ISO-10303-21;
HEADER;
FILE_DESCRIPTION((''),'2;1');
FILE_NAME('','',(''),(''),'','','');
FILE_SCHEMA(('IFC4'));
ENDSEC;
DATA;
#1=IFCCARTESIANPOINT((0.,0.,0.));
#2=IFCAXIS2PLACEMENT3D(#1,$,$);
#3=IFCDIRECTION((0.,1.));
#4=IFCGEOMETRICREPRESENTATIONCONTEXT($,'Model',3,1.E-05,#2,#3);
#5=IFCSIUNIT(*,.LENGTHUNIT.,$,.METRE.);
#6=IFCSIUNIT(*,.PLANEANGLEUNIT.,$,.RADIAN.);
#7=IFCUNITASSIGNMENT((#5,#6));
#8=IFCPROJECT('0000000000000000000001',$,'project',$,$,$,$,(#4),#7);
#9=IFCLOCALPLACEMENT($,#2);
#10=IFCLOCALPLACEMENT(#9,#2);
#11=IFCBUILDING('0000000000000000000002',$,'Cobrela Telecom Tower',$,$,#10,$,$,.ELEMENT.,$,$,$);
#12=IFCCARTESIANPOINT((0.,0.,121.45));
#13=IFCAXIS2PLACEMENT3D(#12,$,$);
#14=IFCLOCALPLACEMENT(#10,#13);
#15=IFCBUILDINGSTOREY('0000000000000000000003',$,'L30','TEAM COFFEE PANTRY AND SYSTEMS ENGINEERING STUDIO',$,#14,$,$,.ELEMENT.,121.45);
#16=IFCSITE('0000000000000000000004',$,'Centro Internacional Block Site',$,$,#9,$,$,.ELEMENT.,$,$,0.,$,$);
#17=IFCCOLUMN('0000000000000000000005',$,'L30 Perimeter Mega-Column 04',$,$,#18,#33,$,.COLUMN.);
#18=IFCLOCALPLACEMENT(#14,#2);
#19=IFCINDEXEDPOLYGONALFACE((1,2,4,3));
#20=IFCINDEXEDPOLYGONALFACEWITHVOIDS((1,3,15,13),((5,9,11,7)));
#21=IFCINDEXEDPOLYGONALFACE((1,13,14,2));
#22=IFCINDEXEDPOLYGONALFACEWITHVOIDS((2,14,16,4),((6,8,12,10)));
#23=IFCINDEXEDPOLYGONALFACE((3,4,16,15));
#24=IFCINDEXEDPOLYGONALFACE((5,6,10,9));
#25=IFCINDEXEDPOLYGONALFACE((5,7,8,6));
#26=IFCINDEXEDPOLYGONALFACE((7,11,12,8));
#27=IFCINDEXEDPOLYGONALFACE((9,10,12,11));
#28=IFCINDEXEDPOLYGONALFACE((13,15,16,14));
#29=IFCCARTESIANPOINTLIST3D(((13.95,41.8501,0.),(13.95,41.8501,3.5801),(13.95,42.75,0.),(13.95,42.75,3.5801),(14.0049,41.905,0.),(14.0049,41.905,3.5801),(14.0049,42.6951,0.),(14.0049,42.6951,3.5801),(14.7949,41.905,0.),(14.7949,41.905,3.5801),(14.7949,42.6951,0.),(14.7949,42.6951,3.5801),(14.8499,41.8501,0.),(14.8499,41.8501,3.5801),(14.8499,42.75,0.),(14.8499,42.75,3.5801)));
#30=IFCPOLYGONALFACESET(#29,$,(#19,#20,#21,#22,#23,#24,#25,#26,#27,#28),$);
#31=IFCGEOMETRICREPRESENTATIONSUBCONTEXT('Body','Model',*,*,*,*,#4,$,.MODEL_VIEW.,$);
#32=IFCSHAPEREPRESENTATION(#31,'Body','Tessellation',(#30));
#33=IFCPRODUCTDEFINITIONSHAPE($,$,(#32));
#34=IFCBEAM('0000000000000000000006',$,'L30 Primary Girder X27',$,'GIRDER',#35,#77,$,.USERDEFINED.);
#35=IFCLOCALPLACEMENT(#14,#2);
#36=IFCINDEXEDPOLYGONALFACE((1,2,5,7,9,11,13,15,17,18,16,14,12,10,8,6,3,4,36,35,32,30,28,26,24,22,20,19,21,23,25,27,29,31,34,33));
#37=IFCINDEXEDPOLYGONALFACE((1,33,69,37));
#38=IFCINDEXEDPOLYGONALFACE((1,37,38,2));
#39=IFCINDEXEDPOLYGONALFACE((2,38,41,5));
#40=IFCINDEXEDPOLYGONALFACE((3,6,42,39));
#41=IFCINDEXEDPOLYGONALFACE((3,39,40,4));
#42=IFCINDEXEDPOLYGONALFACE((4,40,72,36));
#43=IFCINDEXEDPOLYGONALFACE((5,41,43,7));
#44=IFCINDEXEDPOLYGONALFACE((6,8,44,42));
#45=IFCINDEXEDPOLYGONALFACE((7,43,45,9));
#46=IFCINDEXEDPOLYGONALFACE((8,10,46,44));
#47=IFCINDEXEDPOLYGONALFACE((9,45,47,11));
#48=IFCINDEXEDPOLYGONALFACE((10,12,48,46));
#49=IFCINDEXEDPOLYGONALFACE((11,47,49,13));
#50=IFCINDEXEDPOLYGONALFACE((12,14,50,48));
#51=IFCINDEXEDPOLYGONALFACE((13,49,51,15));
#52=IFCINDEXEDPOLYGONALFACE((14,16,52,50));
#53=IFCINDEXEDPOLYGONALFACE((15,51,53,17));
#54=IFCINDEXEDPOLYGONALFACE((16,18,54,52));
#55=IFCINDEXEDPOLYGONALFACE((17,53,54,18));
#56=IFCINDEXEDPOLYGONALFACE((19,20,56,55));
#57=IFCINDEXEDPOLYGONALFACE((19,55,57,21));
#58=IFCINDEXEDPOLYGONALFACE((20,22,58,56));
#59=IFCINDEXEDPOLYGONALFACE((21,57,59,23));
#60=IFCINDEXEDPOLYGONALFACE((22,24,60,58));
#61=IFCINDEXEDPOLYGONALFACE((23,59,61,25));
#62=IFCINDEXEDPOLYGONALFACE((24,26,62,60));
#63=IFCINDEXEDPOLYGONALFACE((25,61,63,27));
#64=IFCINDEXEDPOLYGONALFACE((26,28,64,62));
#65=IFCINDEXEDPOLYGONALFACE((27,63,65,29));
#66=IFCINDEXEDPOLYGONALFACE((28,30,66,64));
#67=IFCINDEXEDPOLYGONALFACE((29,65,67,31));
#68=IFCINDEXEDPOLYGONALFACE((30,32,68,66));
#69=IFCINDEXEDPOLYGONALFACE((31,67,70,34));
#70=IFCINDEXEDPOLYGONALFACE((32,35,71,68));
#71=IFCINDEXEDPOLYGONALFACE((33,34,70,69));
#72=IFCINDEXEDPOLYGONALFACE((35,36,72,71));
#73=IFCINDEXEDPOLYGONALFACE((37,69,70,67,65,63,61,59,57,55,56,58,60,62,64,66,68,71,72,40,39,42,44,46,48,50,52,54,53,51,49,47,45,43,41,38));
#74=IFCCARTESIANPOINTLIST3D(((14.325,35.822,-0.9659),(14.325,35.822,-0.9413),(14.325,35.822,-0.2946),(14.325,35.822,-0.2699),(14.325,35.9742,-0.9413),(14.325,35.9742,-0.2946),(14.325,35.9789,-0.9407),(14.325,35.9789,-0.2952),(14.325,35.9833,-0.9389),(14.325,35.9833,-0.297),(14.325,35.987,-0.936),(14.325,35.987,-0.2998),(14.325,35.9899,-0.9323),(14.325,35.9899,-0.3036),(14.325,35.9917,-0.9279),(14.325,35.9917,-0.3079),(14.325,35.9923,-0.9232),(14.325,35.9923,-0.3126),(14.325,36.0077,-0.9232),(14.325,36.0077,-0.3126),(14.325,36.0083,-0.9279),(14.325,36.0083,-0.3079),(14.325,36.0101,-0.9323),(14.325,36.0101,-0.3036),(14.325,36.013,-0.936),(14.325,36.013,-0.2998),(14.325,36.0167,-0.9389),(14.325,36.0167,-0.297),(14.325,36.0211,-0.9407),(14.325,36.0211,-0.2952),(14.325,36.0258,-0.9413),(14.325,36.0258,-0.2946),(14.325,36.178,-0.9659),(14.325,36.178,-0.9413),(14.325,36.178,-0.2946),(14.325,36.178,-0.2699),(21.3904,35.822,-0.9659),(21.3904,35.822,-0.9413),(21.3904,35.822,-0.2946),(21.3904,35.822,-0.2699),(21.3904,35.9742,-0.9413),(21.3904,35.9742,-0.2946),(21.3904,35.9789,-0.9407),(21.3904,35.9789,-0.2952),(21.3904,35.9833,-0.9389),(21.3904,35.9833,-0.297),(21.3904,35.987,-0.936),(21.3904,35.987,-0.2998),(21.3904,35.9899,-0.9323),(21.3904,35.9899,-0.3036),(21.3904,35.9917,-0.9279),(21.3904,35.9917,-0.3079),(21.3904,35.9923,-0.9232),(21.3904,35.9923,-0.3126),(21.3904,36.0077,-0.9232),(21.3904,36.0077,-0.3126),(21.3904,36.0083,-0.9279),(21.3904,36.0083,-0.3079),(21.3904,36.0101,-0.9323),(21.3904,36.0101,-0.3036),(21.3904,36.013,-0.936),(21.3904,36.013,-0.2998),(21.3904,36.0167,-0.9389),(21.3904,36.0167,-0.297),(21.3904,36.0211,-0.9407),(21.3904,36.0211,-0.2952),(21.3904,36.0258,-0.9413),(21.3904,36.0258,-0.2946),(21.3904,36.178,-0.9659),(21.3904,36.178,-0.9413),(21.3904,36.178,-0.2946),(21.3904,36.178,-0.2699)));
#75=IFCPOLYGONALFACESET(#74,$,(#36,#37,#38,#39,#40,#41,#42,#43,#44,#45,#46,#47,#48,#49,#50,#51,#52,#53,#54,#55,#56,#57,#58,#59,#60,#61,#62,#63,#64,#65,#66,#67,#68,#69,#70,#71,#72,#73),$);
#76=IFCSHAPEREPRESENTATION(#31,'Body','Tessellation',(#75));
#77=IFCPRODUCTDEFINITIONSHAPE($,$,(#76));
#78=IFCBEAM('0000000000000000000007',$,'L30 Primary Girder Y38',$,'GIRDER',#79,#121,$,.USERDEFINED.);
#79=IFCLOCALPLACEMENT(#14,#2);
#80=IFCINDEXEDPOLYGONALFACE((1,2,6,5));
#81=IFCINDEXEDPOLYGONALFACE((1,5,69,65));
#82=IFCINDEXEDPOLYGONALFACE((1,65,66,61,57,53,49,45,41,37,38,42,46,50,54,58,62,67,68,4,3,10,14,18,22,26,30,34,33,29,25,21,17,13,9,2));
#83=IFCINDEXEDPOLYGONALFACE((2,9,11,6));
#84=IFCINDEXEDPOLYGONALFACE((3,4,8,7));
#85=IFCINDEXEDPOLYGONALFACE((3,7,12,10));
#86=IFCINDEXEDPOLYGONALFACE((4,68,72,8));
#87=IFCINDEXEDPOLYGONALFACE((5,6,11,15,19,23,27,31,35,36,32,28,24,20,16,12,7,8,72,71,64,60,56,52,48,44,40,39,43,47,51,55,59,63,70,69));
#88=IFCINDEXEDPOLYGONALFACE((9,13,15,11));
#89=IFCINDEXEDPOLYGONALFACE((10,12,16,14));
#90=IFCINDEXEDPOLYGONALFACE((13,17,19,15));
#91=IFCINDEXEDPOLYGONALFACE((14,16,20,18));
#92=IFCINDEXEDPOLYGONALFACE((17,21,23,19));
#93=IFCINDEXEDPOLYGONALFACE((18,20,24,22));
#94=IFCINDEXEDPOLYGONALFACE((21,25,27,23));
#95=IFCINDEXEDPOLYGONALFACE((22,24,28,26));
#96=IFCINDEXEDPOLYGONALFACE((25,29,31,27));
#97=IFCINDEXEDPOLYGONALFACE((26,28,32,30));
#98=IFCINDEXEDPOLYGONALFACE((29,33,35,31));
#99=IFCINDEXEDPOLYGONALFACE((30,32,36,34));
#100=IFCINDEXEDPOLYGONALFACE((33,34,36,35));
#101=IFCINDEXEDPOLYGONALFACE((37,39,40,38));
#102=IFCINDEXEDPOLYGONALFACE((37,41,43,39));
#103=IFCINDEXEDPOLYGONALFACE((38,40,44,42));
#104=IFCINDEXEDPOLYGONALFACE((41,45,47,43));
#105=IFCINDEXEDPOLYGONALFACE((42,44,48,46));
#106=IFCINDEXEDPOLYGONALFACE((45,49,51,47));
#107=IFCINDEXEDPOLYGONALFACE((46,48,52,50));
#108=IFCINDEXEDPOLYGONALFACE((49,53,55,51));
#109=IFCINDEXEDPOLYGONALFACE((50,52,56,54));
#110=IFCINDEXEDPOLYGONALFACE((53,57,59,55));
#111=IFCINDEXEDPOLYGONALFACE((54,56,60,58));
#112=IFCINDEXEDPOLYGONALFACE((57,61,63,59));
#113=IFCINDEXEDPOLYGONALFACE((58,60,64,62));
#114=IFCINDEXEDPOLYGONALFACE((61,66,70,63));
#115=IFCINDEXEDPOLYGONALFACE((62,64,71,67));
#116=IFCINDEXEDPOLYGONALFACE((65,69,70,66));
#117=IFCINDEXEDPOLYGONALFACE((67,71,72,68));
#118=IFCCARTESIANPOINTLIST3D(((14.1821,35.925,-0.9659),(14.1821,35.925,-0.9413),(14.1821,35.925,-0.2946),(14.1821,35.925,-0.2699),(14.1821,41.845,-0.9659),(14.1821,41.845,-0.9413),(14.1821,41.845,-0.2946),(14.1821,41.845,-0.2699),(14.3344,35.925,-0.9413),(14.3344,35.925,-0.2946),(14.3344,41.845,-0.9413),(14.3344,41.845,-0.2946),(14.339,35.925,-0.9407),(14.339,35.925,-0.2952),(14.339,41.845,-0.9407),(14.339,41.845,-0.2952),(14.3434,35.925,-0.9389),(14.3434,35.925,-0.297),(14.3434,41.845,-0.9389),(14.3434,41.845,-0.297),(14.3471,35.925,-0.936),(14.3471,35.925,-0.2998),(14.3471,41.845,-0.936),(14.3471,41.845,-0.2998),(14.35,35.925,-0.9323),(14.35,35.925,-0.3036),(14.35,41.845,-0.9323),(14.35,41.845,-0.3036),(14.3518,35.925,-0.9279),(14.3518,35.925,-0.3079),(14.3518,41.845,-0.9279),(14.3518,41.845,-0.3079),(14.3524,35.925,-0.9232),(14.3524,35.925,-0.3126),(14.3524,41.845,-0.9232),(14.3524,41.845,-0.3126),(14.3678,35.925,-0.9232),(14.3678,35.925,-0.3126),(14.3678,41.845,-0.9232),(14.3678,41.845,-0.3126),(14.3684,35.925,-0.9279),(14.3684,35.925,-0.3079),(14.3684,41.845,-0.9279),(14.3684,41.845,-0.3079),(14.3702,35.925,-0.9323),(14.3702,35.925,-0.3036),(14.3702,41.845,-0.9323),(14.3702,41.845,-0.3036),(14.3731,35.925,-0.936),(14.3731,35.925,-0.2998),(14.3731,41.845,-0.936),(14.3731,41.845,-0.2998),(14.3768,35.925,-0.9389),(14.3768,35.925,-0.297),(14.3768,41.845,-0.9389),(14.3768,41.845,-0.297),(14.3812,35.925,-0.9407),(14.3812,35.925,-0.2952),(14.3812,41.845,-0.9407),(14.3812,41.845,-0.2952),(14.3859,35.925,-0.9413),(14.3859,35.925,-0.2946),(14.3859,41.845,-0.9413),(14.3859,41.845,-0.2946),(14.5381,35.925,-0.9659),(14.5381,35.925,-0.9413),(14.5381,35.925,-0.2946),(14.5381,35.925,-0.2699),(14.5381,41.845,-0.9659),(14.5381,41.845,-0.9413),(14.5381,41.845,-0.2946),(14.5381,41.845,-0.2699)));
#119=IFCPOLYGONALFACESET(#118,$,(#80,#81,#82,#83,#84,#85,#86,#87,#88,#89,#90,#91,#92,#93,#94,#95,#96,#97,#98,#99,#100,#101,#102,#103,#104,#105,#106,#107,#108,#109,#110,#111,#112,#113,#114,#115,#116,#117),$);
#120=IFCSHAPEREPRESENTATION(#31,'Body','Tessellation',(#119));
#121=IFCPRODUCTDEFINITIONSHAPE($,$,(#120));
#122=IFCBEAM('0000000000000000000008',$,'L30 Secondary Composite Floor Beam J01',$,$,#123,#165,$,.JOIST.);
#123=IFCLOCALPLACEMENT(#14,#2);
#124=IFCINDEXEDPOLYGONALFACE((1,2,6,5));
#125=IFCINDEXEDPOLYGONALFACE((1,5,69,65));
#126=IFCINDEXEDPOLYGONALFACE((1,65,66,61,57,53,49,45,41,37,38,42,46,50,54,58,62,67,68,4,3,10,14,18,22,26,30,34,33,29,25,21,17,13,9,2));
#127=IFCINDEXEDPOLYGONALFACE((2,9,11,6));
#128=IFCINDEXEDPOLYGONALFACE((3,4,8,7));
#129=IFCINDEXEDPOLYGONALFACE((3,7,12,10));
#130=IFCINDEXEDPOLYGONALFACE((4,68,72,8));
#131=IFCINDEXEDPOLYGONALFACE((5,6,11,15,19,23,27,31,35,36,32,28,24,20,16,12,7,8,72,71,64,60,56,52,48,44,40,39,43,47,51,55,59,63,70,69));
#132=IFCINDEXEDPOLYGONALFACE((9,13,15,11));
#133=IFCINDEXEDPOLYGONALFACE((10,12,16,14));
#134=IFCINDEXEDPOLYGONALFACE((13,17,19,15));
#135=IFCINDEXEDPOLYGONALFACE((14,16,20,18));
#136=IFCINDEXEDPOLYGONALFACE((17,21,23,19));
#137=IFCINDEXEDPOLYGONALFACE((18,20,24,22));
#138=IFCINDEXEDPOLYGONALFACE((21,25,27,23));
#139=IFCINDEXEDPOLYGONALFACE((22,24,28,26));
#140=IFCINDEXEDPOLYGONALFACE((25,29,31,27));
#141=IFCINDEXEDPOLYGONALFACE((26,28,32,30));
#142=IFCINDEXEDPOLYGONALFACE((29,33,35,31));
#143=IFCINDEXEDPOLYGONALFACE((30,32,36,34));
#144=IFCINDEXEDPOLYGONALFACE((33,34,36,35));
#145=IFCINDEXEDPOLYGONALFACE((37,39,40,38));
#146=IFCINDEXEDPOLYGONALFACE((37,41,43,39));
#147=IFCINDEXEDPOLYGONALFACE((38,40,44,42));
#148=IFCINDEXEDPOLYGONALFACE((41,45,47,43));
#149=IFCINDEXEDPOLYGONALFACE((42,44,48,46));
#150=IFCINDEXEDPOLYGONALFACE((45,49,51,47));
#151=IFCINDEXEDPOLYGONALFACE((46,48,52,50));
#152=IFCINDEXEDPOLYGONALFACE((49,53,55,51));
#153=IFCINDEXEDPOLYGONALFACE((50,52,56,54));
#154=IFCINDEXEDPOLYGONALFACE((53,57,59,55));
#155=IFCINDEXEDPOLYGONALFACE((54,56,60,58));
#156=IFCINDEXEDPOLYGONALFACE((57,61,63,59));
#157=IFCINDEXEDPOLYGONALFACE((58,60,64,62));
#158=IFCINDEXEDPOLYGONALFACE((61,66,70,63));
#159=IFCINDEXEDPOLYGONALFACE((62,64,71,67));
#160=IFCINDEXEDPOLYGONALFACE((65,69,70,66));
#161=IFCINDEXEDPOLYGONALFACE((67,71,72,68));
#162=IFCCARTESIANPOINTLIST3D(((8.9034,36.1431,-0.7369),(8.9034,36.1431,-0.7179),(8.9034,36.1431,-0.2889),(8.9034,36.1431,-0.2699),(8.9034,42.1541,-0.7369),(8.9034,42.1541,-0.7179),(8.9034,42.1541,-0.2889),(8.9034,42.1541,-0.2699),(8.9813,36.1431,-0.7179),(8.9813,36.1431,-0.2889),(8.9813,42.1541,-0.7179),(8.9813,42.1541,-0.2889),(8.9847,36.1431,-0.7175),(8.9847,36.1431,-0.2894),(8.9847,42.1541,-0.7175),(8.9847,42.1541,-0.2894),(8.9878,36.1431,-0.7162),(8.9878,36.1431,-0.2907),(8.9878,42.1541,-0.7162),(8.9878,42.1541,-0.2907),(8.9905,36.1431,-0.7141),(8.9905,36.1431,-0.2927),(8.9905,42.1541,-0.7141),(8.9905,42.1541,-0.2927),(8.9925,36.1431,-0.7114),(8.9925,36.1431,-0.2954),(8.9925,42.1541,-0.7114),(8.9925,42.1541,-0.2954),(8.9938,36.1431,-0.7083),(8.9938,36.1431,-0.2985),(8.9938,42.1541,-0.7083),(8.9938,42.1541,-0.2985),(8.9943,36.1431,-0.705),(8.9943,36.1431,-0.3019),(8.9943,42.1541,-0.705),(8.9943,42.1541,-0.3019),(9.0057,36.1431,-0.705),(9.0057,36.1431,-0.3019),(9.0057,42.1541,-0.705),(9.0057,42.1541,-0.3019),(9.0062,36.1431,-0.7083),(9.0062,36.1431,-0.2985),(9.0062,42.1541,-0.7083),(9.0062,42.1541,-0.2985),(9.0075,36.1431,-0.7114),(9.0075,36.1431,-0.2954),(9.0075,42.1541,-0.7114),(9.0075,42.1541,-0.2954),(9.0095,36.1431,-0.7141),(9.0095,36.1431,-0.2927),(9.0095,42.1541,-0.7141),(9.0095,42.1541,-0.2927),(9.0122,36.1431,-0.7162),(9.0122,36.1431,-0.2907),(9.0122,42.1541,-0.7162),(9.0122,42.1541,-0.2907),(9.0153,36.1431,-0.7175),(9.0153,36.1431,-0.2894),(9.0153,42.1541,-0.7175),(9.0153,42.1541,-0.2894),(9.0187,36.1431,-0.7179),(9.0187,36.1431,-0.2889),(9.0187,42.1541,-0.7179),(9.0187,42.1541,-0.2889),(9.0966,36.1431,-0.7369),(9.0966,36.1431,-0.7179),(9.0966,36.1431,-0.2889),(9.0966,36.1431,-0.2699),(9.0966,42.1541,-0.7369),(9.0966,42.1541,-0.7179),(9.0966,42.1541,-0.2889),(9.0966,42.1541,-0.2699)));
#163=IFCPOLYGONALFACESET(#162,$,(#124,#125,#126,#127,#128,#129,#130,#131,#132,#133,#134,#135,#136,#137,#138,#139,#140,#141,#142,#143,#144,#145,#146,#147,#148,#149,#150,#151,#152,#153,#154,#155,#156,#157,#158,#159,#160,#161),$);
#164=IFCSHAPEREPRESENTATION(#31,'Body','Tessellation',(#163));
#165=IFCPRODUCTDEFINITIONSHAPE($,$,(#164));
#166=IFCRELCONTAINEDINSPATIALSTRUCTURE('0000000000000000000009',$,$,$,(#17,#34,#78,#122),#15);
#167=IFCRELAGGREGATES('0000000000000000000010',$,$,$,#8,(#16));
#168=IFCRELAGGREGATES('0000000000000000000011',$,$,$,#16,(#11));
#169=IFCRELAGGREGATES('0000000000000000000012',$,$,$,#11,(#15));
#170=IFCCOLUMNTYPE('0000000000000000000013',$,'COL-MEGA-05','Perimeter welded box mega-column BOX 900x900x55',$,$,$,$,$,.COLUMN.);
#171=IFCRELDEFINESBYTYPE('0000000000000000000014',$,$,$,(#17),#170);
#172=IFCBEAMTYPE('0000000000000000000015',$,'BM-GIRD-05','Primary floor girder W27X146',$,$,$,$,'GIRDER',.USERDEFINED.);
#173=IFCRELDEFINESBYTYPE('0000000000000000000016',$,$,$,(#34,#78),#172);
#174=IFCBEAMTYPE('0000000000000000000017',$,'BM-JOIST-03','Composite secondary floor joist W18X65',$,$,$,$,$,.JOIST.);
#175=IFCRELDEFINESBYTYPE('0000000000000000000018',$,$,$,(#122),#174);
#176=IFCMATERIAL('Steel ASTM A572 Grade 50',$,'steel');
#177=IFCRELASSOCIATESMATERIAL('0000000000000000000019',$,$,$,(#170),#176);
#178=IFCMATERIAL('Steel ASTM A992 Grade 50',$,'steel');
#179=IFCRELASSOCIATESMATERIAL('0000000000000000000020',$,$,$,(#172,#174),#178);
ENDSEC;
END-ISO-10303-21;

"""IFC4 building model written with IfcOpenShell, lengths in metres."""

from ifc_helpers import new_model, si_unit, direction, frame, origin, origin_2d, place, context, subcontext, project, spatial, hollow_rectangle, i_section, extrude, material, material_profile, profile_set, type_object, element, save


model = new_model("IFC4")

# Units and contexts
model_context = context("Model", 3, precision=1e-05, world=origin(), true_north=direction((0.0, 1.0)))
body_context = subcontext(model_context, "Body", "Model", "MODEL_VIEW")
ifc_project = project(units=[si_unit("LENGTHUNIT", "METRE"), si_unit("PLANEANGLEUNIT", "RADIAN")], contexts=[model_context])

# Site, building, storey
site_placement = place(None, origin())
site = spatial("IfcSite", under=ifc_project, at=site_placement, Name="Centro Internacional Block Site", CompositionType="ELEMENT", RefElevation=0.0)
building_placement = place(site_placement, origin())
building = spatial("IfcBuilding", under=site, at=building_placement, Name="Cobrela Telecom Tower", CompositionType="ELEMENT")
storey_placement = place(building_placement, frame((0.0, 0.0, 121.45)))
storey = spatial("IfcBuildingStorey", under=building, at=storey_placement, Name="L30", Description="TEAM COFFEE PANTRY AND SYSTEMS ENGINEERING STUDIO", CompositionType="ELEMENT", Elevation=121.45)

# Column
ifc_material_1 = material(Name="Steel ASTM A572 Grade 50", Category="steel")
ifc_material_profile_1 = material_profile(ifc_material_1, hollow_rectangle(XDim=0.8999, YDim=0.8999, WallThickness=0.0549, at=origin_2d()), Name="BOX 900x900x55")
ifc_profile_set_1 = profile_set([ifc_material_profile_1], Name="Steel ASTM A572 Grade 50")
column_type = type_object("IfcColumnType", Name="COL-MEGA-05", Description="Perimeter welded box mega-column BOX 900x900x55", PredefinedType="COLUMN", material=ifc_profile_set_1)
column_placement = place(storey_placement, frame((14.3999, 42.3, 0.0), z_axis=(0.0, 0.0, 1.0), x_axis=(1.0, 0.0, 0.0)))
element("IfcColumn", 1, at=column_placement, inside=storey, type_object=column_type, Name="L30 Perimeter Mega-Column 04", PredefinedType="COLUMN", context=body_context, shape_type="SweptSolid", body=[
    extrude(hollow_rectangle(XDim=0.8999, YDim=0.8999, WallThickness=0.0549, at=origin_2d()), origin(), (0.0, 0.0, 1.0), 3.5801),
])

# Beams
ifc_material_2 = material(Name="Steel ASTM A992 Grade 50", Category="steel")
ifc_material_profile_2 = material_profile(ifc_material_2, i_section(OverallWidth=0.356, OverallDepth=0.696, WebThickness=0.0154, FlangeThickness=0.0247, FilletRadius=0.0181, at=origin_2d()), Name="W27X146")
ifc_profile_set_2 = profile_set([ifc_material_profile_2], Name="Steel ASTM A992 Grade 50")
beam_type_1 = type_object("IfcBeamType", Name="BM-GIRD-05", Description="Primary floor girder W27X146", ElementType="GIRDER", PredefinedType="USERDEFINED", material=ifc_profile_set_2)
beam_1_placement = place(storey_placement, frame((14.325, 36.0, -0.6179), z_axis=(1.0, 0.0, 0.0), x_axis=(0.0, 1.0, 0.0)))
element("IfcBeam", 2, at=beam_1_placement, inside=storey, type_object=beam_type_1, Name="L30 Primary Girder X27", ObjectType="GIRDER", PredefinedType="USERDEFINED", context=body_context, shape_type="SweptSolid", body=[
    extrude(i_section(OverallWidth=0.356, OverallDepth=0.696, WebThickness=0.0154, FlangeThickness=0.0247, FilletRadius=0.0181, at=origin_2d()), origin(), (0.0, 0.0, 1.0), 7.0654),
])
beam_2_placement = place(storey_placement, frame((14.3601, 35.925, -0.6179), z_axis=(0.0, 1.0, 0.0), x_axis=(-1.0, 0.0, 0.0)))
element("IfcBeam", 3, at=beam_2_placement, inside=storey, type_object=beam_type_1, Name="L30 Primary Girder Y38", ObjectType="GIRDER", PredefinedType="USERDEFINED", context=body_context, shape_type="SweptSolid", body=[
    extrude(i_section(OverallWidth=0.356, OverallDepth=0.696, WebThickness=0.0154, FlangeThickness=0.0247, FilletRadius=0.0181, at=origin_2d()), origin(), (0.0, 0.0, 1.0), 5.9199),
])
ifc_material_profile_3 = material_profile(ifc_material_2, i_section(OverallWidth=0.1931, OverallDepth=0.467, WebThickness=0.0115, FlangeThickness=0.019, FilletRadius=0.0129, at=origin_2d()), Name="W18X65")
ifc_profile_set_3 = profile_set([ifc_material_profile_3], Name="Steel ASTM A992 Grade 50")
beam_type_2 = type_object("IfcBeamType", Name="BM-JOIST-03", Description="Composite secondary floor joist W18X65", PredefinedType="JOIST", material=ifc_profile_set_3)
for number, where, z_axis, x_axis, name in (
    (4, (9.0, 36.1431, -0.5034), (0.0, 1.0, 0.0), (-1.0, 0.0, 0.0), "L30 Secondary Composite Floor Beam J01"),
):
    element("IfcBeam", number, at=place(storey_placement, frame(where, z_axis=z_axis, x_axis=x_axis)), inside=storey, type_object=beam_type_2, Name=name, PredefinedType="JOIST", context=body_context, shape_type="SweptSolid", body=[
        extrude(i_section(OverallWidth=0.1931, OverallDepth=0.467, WebThickness=0.0115, FlangeThickness=0.019, FilletRadius=0.0129, at=origin_2d()), origin(), (0.0, 0.0, 1.0), 6.011),
    ])

save(model, "model.ifc")
